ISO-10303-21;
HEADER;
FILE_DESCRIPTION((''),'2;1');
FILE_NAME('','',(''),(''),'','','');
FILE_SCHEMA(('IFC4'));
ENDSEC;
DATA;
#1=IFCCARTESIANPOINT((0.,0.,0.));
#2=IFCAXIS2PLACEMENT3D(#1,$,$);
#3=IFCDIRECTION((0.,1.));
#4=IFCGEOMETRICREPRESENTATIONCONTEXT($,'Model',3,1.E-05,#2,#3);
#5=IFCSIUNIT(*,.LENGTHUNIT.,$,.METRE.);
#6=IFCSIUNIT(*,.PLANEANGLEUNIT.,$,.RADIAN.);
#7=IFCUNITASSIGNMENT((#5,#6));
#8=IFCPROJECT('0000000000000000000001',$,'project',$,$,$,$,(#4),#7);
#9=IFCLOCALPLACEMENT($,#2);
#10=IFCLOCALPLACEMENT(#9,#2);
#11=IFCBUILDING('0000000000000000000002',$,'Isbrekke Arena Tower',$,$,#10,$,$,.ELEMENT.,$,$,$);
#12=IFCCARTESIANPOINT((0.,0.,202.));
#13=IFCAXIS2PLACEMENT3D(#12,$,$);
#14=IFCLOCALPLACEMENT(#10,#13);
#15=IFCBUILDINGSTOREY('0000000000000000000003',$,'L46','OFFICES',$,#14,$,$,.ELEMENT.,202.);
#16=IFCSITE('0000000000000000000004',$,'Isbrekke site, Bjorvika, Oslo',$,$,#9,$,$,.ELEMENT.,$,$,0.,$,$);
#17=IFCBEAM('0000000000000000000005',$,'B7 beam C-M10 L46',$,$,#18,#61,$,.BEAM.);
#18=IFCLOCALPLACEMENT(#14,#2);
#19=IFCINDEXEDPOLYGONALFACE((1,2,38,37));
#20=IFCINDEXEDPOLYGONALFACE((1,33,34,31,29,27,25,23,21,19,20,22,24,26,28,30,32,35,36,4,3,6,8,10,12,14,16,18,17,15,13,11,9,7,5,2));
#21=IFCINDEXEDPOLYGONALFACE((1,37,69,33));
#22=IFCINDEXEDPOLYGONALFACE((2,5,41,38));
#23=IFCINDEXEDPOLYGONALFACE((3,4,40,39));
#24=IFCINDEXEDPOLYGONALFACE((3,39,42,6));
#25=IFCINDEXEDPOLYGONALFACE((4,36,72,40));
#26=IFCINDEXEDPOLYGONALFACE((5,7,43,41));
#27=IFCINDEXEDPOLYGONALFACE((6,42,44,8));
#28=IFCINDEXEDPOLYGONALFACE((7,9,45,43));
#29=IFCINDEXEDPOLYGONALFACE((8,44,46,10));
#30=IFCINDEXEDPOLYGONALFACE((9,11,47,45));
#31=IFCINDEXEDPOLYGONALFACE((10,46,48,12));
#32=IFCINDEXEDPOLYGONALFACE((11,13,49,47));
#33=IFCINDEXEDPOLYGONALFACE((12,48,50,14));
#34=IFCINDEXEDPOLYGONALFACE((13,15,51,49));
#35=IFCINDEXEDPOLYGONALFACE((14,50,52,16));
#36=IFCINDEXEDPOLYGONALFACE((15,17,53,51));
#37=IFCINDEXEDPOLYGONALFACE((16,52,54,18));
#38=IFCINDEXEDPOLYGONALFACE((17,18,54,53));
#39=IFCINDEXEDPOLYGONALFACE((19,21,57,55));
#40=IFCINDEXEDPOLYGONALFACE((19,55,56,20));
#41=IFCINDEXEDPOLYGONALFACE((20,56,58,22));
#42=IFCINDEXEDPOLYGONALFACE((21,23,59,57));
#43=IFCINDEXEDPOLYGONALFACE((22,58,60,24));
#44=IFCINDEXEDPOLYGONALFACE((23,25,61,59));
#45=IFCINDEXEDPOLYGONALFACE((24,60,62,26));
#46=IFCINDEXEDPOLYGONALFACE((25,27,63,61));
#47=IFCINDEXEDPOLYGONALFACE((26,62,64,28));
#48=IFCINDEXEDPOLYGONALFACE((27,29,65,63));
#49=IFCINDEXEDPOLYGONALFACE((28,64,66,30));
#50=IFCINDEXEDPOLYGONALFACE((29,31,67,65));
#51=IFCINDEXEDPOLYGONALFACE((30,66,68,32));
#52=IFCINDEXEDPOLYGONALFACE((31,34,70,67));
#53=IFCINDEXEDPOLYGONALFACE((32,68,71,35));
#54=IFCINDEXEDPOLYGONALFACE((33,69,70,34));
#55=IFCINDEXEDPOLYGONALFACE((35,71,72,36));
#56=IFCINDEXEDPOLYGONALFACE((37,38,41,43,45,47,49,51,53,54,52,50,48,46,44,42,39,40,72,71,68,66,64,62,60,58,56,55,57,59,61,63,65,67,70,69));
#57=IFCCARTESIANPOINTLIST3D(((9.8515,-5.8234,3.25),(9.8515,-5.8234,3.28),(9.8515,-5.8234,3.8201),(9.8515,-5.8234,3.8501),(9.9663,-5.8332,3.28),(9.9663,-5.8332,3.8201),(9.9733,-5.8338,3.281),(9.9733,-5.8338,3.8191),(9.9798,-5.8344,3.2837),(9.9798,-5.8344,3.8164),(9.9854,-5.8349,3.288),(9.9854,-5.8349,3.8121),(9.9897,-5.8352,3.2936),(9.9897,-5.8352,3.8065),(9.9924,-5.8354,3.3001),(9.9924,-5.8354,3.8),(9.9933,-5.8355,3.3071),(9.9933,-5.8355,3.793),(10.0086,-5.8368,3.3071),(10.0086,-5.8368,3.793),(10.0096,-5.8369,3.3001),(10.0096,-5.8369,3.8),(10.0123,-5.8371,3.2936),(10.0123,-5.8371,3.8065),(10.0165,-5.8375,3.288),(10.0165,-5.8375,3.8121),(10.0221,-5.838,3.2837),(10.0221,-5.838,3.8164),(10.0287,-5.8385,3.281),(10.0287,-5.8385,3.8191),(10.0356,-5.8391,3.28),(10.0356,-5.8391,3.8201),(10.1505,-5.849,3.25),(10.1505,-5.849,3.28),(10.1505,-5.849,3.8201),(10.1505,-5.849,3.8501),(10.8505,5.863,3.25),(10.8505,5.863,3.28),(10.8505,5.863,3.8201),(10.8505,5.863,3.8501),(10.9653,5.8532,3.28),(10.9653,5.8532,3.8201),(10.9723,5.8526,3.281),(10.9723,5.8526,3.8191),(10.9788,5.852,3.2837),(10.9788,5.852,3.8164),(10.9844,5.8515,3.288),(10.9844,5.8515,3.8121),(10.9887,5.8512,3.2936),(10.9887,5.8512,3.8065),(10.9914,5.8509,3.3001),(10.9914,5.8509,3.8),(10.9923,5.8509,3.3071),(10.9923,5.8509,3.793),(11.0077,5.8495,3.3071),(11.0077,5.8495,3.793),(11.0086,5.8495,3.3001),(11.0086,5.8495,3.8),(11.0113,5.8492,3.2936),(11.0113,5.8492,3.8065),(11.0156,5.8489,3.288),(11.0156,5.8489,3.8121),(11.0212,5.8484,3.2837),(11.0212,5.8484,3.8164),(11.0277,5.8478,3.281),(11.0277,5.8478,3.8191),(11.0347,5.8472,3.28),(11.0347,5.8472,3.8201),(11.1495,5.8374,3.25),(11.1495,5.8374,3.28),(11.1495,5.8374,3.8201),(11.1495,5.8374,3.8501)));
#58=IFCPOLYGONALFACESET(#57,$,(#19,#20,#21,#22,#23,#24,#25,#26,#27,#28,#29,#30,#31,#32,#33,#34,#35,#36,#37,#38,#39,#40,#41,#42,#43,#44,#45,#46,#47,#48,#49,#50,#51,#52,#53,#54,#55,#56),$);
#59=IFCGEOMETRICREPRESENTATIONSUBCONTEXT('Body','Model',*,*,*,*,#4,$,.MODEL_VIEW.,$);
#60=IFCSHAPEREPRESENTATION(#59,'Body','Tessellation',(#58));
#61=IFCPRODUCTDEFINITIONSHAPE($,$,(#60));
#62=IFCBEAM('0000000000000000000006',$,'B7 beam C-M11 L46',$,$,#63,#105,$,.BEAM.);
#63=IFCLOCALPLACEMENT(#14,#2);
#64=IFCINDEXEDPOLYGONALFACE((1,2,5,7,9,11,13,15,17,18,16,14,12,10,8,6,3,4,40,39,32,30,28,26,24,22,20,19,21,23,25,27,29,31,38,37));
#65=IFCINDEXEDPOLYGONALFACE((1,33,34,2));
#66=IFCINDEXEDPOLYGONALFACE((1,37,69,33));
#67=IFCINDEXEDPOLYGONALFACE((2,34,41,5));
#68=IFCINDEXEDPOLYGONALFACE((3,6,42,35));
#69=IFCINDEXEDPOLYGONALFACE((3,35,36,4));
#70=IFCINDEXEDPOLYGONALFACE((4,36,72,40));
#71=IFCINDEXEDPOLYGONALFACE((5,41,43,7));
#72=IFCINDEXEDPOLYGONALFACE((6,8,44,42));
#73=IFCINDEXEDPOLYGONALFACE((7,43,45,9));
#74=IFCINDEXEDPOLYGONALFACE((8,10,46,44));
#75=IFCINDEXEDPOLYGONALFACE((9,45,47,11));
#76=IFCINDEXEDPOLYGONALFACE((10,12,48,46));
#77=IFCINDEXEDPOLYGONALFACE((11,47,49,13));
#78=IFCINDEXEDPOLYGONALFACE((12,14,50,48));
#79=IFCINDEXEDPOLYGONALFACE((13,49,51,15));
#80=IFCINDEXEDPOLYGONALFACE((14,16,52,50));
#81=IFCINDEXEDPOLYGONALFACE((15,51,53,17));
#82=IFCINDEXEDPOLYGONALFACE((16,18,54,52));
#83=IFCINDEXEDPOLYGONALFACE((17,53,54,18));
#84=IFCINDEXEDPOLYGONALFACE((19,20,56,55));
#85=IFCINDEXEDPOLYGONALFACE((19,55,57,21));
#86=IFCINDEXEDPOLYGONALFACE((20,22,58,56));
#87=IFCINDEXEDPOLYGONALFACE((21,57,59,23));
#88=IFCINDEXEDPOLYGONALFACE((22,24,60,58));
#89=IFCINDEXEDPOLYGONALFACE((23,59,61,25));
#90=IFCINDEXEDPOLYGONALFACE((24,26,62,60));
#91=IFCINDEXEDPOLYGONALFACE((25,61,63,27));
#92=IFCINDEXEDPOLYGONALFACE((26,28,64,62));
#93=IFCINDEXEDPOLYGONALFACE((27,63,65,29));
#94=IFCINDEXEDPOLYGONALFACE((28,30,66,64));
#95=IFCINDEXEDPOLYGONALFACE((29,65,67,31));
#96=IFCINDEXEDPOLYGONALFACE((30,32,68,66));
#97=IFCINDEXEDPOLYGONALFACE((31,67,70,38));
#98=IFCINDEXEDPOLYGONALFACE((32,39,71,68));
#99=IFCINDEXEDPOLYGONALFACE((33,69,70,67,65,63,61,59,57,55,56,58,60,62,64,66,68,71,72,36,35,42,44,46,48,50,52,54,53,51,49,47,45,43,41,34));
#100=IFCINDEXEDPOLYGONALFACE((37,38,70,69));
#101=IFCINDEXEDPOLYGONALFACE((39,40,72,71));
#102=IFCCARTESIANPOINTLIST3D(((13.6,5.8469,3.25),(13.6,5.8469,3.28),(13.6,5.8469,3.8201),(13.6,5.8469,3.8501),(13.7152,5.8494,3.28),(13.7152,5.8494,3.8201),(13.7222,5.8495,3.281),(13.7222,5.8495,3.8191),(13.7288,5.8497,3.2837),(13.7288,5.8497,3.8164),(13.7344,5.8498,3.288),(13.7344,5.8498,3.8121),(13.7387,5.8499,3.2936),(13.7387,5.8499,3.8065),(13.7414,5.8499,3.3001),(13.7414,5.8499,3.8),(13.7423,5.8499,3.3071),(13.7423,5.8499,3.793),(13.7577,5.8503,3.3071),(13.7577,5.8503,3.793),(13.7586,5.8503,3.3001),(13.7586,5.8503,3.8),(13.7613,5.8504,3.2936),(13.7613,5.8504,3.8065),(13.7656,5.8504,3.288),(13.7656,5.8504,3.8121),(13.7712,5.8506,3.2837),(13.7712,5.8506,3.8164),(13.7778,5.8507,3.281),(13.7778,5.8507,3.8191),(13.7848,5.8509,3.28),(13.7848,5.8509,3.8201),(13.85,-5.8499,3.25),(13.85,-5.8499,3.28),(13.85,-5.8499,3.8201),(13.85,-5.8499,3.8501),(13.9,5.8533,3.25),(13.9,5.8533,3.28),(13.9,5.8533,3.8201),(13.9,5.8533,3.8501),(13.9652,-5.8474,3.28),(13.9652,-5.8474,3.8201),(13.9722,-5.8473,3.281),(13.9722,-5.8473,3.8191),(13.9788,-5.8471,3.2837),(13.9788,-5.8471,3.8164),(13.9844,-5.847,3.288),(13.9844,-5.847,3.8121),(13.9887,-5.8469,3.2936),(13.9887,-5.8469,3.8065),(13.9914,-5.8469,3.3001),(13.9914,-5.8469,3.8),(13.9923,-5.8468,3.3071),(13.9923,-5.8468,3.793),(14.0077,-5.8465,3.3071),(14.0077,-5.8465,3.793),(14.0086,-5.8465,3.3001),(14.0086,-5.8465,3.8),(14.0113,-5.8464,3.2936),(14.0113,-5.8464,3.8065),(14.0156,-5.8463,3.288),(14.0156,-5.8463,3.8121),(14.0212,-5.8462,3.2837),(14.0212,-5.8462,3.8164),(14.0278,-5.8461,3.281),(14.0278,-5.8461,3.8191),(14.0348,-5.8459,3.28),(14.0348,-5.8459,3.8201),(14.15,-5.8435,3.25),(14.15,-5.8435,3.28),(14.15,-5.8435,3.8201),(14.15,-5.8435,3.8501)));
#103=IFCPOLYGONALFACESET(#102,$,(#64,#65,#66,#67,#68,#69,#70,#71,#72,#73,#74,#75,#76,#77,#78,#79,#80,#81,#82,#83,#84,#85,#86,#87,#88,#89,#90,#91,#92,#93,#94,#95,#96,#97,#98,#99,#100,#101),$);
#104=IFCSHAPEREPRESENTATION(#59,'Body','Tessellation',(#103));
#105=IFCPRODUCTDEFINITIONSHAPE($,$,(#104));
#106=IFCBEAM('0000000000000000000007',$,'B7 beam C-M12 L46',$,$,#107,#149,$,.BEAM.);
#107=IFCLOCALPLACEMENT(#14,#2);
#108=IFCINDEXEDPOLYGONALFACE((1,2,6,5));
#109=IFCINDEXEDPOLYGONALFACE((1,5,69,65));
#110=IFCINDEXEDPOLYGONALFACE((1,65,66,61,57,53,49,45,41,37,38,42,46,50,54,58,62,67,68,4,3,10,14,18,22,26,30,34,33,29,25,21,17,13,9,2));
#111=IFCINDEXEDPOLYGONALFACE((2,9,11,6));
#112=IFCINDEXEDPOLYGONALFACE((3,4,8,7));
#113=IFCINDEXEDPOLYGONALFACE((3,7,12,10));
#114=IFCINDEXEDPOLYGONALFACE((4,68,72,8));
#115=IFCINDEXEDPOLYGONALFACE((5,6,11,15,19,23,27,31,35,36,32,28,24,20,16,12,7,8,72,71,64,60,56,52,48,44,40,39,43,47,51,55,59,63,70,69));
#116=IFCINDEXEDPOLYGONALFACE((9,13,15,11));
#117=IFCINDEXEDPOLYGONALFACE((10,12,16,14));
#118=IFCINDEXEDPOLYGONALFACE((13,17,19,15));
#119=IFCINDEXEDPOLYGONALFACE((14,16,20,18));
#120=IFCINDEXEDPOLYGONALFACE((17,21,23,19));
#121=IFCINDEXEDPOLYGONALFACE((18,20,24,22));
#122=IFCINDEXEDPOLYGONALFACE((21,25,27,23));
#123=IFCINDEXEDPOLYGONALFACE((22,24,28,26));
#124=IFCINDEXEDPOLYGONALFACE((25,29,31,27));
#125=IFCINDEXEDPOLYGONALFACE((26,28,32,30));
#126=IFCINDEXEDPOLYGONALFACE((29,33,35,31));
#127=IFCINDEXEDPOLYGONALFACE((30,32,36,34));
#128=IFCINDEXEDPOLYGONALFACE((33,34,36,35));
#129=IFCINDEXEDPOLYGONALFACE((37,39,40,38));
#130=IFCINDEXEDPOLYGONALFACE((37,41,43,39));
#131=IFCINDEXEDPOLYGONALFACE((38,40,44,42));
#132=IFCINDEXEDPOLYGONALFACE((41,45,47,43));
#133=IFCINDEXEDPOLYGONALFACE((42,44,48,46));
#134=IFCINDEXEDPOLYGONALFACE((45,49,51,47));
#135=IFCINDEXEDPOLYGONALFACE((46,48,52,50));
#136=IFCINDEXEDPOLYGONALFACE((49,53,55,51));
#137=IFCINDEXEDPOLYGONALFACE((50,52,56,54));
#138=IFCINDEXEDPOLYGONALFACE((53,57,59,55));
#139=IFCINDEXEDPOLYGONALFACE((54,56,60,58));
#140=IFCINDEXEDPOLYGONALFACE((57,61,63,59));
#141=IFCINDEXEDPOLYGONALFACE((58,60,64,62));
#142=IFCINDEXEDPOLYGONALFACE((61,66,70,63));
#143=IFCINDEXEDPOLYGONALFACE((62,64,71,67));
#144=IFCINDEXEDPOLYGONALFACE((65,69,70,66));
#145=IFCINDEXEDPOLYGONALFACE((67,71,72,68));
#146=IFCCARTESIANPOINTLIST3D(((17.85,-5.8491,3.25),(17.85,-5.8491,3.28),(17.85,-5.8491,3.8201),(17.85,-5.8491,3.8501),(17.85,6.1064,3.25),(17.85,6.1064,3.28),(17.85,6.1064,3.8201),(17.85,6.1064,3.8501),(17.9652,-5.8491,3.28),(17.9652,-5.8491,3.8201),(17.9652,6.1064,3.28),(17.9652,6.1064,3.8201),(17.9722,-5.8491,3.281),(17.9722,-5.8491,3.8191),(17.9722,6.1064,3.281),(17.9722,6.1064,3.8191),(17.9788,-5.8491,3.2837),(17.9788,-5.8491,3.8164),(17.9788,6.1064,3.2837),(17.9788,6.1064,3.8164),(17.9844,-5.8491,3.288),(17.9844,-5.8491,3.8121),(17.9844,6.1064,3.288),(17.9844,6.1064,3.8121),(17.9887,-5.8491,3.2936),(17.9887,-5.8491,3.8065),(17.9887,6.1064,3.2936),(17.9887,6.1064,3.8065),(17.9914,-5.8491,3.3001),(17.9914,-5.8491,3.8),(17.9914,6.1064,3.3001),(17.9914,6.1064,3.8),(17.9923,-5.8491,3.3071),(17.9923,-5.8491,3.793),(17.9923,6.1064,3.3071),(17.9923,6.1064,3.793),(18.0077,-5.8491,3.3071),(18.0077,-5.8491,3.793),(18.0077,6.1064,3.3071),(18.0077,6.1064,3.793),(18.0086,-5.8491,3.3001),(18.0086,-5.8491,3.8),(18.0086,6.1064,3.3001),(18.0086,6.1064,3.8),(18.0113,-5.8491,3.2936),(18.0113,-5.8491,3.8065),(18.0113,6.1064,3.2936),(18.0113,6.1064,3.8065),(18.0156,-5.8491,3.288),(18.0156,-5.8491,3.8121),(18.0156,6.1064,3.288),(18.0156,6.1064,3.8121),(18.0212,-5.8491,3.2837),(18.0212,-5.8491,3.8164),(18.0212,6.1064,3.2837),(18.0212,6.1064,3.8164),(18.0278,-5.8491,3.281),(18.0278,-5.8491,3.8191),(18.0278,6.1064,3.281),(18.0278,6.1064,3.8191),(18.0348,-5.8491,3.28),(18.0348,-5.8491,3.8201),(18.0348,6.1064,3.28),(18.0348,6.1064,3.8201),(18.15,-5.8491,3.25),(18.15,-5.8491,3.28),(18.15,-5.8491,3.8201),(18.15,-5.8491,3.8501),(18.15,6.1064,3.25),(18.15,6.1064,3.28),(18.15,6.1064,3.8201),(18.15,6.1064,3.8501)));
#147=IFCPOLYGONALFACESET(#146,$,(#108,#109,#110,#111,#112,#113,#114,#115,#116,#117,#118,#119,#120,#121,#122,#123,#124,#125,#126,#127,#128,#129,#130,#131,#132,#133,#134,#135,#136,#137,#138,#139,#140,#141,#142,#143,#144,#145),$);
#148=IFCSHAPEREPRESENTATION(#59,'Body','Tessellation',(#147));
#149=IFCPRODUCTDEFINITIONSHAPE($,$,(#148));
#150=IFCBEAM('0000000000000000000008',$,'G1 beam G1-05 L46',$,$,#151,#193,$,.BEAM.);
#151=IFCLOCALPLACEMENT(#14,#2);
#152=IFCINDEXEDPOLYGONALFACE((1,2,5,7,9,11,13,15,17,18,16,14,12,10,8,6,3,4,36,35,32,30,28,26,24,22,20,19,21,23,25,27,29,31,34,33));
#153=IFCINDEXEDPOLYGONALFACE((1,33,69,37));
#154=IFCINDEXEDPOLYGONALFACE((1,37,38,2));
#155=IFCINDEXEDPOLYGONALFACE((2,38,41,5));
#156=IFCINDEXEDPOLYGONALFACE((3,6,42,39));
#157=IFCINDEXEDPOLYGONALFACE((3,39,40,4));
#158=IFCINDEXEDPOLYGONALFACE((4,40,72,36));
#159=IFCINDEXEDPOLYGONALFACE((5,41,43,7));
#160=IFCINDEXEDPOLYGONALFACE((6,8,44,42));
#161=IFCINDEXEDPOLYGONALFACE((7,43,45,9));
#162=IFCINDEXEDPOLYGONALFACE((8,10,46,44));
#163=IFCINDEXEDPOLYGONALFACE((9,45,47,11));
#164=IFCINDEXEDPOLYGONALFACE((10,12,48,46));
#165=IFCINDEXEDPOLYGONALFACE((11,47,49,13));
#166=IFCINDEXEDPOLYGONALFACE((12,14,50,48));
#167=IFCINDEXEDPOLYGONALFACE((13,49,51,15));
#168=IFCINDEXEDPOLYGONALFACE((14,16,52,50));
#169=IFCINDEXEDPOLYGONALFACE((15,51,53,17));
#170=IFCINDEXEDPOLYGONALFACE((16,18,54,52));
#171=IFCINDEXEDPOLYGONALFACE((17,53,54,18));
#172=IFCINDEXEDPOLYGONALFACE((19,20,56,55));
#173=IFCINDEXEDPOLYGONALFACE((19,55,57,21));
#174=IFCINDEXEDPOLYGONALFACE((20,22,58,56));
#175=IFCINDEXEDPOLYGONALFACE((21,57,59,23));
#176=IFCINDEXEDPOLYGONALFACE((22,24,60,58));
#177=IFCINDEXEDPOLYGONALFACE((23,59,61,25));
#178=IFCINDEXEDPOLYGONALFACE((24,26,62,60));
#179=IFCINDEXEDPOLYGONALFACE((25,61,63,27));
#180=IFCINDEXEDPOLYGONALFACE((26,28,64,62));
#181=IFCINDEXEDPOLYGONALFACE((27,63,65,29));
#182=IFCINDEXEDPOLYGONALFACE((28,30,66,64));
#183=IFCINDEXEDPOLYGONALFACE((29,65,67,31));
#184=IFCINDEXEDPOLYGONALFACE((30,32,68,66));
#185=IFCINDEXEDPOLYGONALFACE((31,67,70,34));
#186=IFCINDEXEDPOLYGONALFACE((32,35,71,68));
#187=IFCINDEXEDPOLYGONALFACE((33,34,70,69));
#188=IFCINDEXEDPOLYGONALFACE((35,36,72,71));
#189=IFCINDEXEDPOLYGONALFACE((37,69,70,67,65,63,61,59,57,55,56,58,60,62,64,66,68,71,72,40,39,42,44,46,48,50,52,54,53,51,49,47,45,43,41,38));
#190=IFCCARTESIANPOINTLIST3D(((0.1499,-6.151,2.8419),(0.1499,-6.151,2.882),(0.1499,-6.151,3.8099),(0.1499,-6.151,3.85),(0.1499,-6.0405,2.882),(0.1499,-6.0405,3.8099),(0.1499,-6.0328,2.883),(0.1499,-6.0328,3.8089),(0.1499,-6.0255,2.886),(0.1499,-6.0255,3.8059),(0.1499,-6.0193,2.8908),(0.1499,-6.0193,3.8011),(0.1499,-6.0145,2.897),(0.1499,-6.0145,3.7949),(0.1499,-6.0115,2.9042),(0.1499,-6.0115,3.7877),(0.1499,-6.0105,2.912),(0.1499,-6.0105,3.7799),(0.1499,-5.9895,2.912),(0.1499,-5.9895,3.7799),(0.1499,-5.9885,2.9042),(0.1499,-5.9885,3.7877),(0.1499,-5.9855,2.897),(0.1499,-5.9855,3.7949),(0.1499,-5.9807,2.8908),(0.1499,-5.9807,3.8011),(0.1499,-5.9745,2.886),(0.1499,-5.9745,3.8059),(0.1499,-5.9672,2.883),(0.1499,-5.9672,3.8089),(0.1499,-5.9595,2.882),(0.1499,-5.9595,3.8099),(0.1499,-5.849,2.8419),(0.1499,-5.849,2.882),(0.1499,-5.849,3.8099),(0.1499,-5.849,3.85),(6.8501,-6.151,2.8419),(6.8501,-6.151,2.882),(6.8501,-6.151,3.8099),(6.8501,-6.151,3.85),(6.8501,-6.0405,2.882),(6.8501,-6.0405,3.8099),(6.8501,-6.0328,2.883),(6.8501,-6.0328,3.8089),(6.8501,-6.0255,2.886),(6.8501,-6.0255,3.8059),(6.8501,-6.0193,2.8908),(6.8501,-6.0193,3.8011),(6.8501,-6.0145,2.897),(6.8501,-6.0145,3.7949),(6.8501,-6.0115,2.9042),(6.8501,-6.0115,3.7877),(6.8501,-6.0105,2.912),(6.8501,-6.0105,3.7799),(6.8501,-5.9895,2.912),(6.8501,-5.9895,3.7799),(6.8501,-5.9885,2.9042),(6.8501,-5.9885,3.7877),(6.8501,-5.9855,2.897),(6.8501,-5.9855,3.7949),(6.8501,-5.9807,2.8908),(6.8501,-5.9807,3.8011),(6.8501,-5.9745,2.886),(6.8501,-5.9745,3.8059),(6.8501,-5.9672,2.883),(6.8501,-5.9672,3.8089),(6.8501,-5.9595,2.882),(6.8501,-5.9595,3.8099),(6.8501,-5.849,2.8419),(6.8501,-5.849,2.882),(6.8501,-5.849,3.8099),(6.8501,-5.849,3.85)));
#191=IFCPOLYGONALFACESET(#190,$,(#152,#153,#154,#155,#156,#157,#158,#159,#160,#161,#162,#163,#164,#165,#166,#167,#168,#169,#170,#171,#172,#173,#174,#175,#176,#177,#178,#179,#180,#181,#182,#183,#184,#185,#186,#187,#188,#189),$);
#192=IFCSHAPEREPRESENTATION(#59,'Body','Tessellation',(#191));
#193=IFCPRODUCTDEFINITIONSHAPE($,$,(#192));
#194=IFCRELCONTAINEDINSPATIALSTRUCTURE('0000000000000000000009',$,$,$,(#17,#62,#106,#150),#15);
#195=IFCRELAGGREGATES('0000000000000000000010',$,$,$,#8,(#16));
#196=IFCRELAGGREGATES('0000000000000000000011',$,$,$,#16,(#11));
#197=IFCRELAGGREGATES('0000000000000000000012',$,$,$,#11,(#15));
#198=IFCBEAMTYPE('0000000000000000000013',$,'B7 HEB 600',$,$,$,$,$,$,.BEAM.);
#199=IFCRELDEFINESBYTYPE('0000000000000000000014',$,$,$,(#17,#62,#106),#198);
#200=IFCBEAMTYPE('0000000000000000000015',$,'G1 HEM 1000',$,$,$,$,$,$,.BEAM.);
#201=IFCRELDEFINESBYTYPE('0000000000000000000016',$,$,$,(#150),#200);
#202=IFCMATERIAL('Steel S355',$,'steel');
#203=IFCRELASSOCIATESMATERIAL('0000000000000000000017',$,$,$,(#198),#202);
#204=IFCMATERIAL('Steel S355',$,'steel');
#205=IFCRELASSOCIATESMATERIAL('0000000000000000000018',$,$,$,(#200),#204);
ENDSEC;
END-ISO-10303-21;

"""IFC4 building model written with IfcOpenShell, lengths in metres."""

from ifc_helpers import new_model, si_unit, direction, frame, origin, origin_2d, place, context, subcontext, project, spatial, i_section, extrude, material, material_profile, profile_set, type_object, element, save


model = new_model("IFC4")

# Units and contexts
model_context = context("Model", 3, precision=1e-05, world=origin(), true_north=direction((0.0, 1.0)))
body_context = subcontext(model_context, "Body", "Model", "MODEL_VIEW")
ifc_project = project(units=[si_unit("LENGTHUNIT", "METRE"), si_unit("PLANEANGLEUNIT", "RADIAN")], contexts=[model_context])

# Site, building, storey
site_placement = place(None, origin())
site = spatial("IfcSite", under=ifc_project, at=site_placement, Name="Isbrekke site, Bjorvika, Oslo", CompositionType="ELEMENT", RefElevation=0.0)
building_placement = place(site_placement, origin())
building = spatial("IfcBuilding", under=site, at=building_placement, Name="Isbrekke Arena Tower", CompositionType="ELEMENT")
storey_placement = place(building_placement, frame((0.0, 0.0, 202.0)))
storey = spatial("IfcBuildingStorey", under=building, at=storey_placement, Name="L46", Description="OFFICES", CompositionType="ELEMENT", Elevation=202.0)

# Beams
ifc_material_1 = material(Name="Steel S355", Category="steel")
ifc_material_profile_1 = material_profile(ifc_material_1, i_section(OverallWidth=0.3, OverallDepth=0.6001, WebThickness=0.0154, FlangeThickness=0.03, FilletRadius=0.0271, at=origin_2d()), Name="HEB 600")
ifc_profile_set_1 = profile_set([ifc_material_profile_1], Name="Steel S355")
beam_type_1 = type_object("IfcBeamType", Name="B7 HEB 600", PredefinedType="BEAM", material=ifc_profile_set_1)
beam_1_placement = place(storey_placement, frame((10.001, -5.8362, 3.55), z_axis=(0.085176, 0.996366, 0.0), x_axis=(-0.996366, 0.085176, 0.0)))
element("IfcBeam", 1, at=beam_1_placement, inside=storey, type_object=beam_type_1, Name="B7 beam C-M10 L46", PredefinedType="BEAM", context=body_context, shape_type="SweptSolid", body=[
    extrude(i_section(OverallWidth=0.3, OverallDepth=0.6001, WebThickness=0.0154, FlangeThickness=0.03, FilletRadius=0.0271, at=origin_2d()), origin(), (0.0, 0.0, 1.0), 11.729),
])
beam_2_placement = place(storey_placement, frame((14.0, -5.8467, 3.55), z_axis=(-0.021369, 0.999772, 0.0), x_axis=(-0.999772, -0.021369, 0.0)))
element("IfcBeam", 2, at=beam_2_placement, inside=storey, type_object=beam_type_1, Name="B7 beam C-M11 L46", PredefinedType="BEAM", context=body_context, shape_type="SweptSolid", body=[
    extrude(i_section(OverallWidth=0.3, OverallDepth=0.6001, WebThickness=0.0154, FlangeThickness=0.03, FilletRadius=0.0271, at=origin_2d()), origin(), (0.0, 0.0, 1.0), 11.6995),
])
beam_3_placement = place(storey_placement, frame((18.0, -5.8491, 3.55), z_axis=(0.0, 1.0, 0.0), x_axis=(-1.0, 0.0, 0.0)))
element("IfcBeam", 3, at=beam_3_placement, inside=storey, type_object=beam_type_1, Name="B7 beam C-M12 L46", PredefinedType="BEAM", context=body_context, shape_type="SweptSolid", body=[
    extrude(i_section(OverallWidth=0.3, OverallDepth=0.6001, WebThickness=0.0154, FlangeThickness=0.03, FilletRadius=0.0271, at=origin_2d()), origin(), (0.0, 0.0, 1.0), 11.9556),
])
ifc_material_2 = material(Name="Steel S355", Category="steel")
ifc_material_profile_2 = material_profile(ifc_material_2, i_section(OverallWidth=0.302, OverallDepth=1.0081, WebThickness=0.021, FlangeThickness=0.04, FilletRadius=0.03, at=origin_2d()), Name="HEM 1000")
ifc_profile_set_2 = profile_set([ifc_material_profile_2], Name="Steel S355")
beam_type_2 = type_object("IfcBeamType", Name="G1 HEM 1000", PredefinedType="BEAM", material=ifc_profile_set_2)
for number, where, z_axis, x_axis, name in (
    (4, (0.1499, -6.0, 3.3459), (1.0, 0.0, 0.0), (0.0, 1.0, 0.0), "G1 beam G1-05 L46"),
):
    element("IfcBeam", number, at=place(storey_placement, frame(where, z_axis=z_axis, x_axis=x_axis)), inside=storey, type_object=beam_type_2, Name=name, PredefinedType="BEAM", context=body_context, shape_type="SweptSolid", body=[
        extrude(i_section(OverallWidth=0.302, OverallDepth=1.0081, WebThickness=0.021, FlangeThickness=0.04, FilletRadius=0.03, at=origin_2d()), origin(), (0.0, 0.0, 1.0), 6.7002),
    ])

save(model, "model.ifc")
